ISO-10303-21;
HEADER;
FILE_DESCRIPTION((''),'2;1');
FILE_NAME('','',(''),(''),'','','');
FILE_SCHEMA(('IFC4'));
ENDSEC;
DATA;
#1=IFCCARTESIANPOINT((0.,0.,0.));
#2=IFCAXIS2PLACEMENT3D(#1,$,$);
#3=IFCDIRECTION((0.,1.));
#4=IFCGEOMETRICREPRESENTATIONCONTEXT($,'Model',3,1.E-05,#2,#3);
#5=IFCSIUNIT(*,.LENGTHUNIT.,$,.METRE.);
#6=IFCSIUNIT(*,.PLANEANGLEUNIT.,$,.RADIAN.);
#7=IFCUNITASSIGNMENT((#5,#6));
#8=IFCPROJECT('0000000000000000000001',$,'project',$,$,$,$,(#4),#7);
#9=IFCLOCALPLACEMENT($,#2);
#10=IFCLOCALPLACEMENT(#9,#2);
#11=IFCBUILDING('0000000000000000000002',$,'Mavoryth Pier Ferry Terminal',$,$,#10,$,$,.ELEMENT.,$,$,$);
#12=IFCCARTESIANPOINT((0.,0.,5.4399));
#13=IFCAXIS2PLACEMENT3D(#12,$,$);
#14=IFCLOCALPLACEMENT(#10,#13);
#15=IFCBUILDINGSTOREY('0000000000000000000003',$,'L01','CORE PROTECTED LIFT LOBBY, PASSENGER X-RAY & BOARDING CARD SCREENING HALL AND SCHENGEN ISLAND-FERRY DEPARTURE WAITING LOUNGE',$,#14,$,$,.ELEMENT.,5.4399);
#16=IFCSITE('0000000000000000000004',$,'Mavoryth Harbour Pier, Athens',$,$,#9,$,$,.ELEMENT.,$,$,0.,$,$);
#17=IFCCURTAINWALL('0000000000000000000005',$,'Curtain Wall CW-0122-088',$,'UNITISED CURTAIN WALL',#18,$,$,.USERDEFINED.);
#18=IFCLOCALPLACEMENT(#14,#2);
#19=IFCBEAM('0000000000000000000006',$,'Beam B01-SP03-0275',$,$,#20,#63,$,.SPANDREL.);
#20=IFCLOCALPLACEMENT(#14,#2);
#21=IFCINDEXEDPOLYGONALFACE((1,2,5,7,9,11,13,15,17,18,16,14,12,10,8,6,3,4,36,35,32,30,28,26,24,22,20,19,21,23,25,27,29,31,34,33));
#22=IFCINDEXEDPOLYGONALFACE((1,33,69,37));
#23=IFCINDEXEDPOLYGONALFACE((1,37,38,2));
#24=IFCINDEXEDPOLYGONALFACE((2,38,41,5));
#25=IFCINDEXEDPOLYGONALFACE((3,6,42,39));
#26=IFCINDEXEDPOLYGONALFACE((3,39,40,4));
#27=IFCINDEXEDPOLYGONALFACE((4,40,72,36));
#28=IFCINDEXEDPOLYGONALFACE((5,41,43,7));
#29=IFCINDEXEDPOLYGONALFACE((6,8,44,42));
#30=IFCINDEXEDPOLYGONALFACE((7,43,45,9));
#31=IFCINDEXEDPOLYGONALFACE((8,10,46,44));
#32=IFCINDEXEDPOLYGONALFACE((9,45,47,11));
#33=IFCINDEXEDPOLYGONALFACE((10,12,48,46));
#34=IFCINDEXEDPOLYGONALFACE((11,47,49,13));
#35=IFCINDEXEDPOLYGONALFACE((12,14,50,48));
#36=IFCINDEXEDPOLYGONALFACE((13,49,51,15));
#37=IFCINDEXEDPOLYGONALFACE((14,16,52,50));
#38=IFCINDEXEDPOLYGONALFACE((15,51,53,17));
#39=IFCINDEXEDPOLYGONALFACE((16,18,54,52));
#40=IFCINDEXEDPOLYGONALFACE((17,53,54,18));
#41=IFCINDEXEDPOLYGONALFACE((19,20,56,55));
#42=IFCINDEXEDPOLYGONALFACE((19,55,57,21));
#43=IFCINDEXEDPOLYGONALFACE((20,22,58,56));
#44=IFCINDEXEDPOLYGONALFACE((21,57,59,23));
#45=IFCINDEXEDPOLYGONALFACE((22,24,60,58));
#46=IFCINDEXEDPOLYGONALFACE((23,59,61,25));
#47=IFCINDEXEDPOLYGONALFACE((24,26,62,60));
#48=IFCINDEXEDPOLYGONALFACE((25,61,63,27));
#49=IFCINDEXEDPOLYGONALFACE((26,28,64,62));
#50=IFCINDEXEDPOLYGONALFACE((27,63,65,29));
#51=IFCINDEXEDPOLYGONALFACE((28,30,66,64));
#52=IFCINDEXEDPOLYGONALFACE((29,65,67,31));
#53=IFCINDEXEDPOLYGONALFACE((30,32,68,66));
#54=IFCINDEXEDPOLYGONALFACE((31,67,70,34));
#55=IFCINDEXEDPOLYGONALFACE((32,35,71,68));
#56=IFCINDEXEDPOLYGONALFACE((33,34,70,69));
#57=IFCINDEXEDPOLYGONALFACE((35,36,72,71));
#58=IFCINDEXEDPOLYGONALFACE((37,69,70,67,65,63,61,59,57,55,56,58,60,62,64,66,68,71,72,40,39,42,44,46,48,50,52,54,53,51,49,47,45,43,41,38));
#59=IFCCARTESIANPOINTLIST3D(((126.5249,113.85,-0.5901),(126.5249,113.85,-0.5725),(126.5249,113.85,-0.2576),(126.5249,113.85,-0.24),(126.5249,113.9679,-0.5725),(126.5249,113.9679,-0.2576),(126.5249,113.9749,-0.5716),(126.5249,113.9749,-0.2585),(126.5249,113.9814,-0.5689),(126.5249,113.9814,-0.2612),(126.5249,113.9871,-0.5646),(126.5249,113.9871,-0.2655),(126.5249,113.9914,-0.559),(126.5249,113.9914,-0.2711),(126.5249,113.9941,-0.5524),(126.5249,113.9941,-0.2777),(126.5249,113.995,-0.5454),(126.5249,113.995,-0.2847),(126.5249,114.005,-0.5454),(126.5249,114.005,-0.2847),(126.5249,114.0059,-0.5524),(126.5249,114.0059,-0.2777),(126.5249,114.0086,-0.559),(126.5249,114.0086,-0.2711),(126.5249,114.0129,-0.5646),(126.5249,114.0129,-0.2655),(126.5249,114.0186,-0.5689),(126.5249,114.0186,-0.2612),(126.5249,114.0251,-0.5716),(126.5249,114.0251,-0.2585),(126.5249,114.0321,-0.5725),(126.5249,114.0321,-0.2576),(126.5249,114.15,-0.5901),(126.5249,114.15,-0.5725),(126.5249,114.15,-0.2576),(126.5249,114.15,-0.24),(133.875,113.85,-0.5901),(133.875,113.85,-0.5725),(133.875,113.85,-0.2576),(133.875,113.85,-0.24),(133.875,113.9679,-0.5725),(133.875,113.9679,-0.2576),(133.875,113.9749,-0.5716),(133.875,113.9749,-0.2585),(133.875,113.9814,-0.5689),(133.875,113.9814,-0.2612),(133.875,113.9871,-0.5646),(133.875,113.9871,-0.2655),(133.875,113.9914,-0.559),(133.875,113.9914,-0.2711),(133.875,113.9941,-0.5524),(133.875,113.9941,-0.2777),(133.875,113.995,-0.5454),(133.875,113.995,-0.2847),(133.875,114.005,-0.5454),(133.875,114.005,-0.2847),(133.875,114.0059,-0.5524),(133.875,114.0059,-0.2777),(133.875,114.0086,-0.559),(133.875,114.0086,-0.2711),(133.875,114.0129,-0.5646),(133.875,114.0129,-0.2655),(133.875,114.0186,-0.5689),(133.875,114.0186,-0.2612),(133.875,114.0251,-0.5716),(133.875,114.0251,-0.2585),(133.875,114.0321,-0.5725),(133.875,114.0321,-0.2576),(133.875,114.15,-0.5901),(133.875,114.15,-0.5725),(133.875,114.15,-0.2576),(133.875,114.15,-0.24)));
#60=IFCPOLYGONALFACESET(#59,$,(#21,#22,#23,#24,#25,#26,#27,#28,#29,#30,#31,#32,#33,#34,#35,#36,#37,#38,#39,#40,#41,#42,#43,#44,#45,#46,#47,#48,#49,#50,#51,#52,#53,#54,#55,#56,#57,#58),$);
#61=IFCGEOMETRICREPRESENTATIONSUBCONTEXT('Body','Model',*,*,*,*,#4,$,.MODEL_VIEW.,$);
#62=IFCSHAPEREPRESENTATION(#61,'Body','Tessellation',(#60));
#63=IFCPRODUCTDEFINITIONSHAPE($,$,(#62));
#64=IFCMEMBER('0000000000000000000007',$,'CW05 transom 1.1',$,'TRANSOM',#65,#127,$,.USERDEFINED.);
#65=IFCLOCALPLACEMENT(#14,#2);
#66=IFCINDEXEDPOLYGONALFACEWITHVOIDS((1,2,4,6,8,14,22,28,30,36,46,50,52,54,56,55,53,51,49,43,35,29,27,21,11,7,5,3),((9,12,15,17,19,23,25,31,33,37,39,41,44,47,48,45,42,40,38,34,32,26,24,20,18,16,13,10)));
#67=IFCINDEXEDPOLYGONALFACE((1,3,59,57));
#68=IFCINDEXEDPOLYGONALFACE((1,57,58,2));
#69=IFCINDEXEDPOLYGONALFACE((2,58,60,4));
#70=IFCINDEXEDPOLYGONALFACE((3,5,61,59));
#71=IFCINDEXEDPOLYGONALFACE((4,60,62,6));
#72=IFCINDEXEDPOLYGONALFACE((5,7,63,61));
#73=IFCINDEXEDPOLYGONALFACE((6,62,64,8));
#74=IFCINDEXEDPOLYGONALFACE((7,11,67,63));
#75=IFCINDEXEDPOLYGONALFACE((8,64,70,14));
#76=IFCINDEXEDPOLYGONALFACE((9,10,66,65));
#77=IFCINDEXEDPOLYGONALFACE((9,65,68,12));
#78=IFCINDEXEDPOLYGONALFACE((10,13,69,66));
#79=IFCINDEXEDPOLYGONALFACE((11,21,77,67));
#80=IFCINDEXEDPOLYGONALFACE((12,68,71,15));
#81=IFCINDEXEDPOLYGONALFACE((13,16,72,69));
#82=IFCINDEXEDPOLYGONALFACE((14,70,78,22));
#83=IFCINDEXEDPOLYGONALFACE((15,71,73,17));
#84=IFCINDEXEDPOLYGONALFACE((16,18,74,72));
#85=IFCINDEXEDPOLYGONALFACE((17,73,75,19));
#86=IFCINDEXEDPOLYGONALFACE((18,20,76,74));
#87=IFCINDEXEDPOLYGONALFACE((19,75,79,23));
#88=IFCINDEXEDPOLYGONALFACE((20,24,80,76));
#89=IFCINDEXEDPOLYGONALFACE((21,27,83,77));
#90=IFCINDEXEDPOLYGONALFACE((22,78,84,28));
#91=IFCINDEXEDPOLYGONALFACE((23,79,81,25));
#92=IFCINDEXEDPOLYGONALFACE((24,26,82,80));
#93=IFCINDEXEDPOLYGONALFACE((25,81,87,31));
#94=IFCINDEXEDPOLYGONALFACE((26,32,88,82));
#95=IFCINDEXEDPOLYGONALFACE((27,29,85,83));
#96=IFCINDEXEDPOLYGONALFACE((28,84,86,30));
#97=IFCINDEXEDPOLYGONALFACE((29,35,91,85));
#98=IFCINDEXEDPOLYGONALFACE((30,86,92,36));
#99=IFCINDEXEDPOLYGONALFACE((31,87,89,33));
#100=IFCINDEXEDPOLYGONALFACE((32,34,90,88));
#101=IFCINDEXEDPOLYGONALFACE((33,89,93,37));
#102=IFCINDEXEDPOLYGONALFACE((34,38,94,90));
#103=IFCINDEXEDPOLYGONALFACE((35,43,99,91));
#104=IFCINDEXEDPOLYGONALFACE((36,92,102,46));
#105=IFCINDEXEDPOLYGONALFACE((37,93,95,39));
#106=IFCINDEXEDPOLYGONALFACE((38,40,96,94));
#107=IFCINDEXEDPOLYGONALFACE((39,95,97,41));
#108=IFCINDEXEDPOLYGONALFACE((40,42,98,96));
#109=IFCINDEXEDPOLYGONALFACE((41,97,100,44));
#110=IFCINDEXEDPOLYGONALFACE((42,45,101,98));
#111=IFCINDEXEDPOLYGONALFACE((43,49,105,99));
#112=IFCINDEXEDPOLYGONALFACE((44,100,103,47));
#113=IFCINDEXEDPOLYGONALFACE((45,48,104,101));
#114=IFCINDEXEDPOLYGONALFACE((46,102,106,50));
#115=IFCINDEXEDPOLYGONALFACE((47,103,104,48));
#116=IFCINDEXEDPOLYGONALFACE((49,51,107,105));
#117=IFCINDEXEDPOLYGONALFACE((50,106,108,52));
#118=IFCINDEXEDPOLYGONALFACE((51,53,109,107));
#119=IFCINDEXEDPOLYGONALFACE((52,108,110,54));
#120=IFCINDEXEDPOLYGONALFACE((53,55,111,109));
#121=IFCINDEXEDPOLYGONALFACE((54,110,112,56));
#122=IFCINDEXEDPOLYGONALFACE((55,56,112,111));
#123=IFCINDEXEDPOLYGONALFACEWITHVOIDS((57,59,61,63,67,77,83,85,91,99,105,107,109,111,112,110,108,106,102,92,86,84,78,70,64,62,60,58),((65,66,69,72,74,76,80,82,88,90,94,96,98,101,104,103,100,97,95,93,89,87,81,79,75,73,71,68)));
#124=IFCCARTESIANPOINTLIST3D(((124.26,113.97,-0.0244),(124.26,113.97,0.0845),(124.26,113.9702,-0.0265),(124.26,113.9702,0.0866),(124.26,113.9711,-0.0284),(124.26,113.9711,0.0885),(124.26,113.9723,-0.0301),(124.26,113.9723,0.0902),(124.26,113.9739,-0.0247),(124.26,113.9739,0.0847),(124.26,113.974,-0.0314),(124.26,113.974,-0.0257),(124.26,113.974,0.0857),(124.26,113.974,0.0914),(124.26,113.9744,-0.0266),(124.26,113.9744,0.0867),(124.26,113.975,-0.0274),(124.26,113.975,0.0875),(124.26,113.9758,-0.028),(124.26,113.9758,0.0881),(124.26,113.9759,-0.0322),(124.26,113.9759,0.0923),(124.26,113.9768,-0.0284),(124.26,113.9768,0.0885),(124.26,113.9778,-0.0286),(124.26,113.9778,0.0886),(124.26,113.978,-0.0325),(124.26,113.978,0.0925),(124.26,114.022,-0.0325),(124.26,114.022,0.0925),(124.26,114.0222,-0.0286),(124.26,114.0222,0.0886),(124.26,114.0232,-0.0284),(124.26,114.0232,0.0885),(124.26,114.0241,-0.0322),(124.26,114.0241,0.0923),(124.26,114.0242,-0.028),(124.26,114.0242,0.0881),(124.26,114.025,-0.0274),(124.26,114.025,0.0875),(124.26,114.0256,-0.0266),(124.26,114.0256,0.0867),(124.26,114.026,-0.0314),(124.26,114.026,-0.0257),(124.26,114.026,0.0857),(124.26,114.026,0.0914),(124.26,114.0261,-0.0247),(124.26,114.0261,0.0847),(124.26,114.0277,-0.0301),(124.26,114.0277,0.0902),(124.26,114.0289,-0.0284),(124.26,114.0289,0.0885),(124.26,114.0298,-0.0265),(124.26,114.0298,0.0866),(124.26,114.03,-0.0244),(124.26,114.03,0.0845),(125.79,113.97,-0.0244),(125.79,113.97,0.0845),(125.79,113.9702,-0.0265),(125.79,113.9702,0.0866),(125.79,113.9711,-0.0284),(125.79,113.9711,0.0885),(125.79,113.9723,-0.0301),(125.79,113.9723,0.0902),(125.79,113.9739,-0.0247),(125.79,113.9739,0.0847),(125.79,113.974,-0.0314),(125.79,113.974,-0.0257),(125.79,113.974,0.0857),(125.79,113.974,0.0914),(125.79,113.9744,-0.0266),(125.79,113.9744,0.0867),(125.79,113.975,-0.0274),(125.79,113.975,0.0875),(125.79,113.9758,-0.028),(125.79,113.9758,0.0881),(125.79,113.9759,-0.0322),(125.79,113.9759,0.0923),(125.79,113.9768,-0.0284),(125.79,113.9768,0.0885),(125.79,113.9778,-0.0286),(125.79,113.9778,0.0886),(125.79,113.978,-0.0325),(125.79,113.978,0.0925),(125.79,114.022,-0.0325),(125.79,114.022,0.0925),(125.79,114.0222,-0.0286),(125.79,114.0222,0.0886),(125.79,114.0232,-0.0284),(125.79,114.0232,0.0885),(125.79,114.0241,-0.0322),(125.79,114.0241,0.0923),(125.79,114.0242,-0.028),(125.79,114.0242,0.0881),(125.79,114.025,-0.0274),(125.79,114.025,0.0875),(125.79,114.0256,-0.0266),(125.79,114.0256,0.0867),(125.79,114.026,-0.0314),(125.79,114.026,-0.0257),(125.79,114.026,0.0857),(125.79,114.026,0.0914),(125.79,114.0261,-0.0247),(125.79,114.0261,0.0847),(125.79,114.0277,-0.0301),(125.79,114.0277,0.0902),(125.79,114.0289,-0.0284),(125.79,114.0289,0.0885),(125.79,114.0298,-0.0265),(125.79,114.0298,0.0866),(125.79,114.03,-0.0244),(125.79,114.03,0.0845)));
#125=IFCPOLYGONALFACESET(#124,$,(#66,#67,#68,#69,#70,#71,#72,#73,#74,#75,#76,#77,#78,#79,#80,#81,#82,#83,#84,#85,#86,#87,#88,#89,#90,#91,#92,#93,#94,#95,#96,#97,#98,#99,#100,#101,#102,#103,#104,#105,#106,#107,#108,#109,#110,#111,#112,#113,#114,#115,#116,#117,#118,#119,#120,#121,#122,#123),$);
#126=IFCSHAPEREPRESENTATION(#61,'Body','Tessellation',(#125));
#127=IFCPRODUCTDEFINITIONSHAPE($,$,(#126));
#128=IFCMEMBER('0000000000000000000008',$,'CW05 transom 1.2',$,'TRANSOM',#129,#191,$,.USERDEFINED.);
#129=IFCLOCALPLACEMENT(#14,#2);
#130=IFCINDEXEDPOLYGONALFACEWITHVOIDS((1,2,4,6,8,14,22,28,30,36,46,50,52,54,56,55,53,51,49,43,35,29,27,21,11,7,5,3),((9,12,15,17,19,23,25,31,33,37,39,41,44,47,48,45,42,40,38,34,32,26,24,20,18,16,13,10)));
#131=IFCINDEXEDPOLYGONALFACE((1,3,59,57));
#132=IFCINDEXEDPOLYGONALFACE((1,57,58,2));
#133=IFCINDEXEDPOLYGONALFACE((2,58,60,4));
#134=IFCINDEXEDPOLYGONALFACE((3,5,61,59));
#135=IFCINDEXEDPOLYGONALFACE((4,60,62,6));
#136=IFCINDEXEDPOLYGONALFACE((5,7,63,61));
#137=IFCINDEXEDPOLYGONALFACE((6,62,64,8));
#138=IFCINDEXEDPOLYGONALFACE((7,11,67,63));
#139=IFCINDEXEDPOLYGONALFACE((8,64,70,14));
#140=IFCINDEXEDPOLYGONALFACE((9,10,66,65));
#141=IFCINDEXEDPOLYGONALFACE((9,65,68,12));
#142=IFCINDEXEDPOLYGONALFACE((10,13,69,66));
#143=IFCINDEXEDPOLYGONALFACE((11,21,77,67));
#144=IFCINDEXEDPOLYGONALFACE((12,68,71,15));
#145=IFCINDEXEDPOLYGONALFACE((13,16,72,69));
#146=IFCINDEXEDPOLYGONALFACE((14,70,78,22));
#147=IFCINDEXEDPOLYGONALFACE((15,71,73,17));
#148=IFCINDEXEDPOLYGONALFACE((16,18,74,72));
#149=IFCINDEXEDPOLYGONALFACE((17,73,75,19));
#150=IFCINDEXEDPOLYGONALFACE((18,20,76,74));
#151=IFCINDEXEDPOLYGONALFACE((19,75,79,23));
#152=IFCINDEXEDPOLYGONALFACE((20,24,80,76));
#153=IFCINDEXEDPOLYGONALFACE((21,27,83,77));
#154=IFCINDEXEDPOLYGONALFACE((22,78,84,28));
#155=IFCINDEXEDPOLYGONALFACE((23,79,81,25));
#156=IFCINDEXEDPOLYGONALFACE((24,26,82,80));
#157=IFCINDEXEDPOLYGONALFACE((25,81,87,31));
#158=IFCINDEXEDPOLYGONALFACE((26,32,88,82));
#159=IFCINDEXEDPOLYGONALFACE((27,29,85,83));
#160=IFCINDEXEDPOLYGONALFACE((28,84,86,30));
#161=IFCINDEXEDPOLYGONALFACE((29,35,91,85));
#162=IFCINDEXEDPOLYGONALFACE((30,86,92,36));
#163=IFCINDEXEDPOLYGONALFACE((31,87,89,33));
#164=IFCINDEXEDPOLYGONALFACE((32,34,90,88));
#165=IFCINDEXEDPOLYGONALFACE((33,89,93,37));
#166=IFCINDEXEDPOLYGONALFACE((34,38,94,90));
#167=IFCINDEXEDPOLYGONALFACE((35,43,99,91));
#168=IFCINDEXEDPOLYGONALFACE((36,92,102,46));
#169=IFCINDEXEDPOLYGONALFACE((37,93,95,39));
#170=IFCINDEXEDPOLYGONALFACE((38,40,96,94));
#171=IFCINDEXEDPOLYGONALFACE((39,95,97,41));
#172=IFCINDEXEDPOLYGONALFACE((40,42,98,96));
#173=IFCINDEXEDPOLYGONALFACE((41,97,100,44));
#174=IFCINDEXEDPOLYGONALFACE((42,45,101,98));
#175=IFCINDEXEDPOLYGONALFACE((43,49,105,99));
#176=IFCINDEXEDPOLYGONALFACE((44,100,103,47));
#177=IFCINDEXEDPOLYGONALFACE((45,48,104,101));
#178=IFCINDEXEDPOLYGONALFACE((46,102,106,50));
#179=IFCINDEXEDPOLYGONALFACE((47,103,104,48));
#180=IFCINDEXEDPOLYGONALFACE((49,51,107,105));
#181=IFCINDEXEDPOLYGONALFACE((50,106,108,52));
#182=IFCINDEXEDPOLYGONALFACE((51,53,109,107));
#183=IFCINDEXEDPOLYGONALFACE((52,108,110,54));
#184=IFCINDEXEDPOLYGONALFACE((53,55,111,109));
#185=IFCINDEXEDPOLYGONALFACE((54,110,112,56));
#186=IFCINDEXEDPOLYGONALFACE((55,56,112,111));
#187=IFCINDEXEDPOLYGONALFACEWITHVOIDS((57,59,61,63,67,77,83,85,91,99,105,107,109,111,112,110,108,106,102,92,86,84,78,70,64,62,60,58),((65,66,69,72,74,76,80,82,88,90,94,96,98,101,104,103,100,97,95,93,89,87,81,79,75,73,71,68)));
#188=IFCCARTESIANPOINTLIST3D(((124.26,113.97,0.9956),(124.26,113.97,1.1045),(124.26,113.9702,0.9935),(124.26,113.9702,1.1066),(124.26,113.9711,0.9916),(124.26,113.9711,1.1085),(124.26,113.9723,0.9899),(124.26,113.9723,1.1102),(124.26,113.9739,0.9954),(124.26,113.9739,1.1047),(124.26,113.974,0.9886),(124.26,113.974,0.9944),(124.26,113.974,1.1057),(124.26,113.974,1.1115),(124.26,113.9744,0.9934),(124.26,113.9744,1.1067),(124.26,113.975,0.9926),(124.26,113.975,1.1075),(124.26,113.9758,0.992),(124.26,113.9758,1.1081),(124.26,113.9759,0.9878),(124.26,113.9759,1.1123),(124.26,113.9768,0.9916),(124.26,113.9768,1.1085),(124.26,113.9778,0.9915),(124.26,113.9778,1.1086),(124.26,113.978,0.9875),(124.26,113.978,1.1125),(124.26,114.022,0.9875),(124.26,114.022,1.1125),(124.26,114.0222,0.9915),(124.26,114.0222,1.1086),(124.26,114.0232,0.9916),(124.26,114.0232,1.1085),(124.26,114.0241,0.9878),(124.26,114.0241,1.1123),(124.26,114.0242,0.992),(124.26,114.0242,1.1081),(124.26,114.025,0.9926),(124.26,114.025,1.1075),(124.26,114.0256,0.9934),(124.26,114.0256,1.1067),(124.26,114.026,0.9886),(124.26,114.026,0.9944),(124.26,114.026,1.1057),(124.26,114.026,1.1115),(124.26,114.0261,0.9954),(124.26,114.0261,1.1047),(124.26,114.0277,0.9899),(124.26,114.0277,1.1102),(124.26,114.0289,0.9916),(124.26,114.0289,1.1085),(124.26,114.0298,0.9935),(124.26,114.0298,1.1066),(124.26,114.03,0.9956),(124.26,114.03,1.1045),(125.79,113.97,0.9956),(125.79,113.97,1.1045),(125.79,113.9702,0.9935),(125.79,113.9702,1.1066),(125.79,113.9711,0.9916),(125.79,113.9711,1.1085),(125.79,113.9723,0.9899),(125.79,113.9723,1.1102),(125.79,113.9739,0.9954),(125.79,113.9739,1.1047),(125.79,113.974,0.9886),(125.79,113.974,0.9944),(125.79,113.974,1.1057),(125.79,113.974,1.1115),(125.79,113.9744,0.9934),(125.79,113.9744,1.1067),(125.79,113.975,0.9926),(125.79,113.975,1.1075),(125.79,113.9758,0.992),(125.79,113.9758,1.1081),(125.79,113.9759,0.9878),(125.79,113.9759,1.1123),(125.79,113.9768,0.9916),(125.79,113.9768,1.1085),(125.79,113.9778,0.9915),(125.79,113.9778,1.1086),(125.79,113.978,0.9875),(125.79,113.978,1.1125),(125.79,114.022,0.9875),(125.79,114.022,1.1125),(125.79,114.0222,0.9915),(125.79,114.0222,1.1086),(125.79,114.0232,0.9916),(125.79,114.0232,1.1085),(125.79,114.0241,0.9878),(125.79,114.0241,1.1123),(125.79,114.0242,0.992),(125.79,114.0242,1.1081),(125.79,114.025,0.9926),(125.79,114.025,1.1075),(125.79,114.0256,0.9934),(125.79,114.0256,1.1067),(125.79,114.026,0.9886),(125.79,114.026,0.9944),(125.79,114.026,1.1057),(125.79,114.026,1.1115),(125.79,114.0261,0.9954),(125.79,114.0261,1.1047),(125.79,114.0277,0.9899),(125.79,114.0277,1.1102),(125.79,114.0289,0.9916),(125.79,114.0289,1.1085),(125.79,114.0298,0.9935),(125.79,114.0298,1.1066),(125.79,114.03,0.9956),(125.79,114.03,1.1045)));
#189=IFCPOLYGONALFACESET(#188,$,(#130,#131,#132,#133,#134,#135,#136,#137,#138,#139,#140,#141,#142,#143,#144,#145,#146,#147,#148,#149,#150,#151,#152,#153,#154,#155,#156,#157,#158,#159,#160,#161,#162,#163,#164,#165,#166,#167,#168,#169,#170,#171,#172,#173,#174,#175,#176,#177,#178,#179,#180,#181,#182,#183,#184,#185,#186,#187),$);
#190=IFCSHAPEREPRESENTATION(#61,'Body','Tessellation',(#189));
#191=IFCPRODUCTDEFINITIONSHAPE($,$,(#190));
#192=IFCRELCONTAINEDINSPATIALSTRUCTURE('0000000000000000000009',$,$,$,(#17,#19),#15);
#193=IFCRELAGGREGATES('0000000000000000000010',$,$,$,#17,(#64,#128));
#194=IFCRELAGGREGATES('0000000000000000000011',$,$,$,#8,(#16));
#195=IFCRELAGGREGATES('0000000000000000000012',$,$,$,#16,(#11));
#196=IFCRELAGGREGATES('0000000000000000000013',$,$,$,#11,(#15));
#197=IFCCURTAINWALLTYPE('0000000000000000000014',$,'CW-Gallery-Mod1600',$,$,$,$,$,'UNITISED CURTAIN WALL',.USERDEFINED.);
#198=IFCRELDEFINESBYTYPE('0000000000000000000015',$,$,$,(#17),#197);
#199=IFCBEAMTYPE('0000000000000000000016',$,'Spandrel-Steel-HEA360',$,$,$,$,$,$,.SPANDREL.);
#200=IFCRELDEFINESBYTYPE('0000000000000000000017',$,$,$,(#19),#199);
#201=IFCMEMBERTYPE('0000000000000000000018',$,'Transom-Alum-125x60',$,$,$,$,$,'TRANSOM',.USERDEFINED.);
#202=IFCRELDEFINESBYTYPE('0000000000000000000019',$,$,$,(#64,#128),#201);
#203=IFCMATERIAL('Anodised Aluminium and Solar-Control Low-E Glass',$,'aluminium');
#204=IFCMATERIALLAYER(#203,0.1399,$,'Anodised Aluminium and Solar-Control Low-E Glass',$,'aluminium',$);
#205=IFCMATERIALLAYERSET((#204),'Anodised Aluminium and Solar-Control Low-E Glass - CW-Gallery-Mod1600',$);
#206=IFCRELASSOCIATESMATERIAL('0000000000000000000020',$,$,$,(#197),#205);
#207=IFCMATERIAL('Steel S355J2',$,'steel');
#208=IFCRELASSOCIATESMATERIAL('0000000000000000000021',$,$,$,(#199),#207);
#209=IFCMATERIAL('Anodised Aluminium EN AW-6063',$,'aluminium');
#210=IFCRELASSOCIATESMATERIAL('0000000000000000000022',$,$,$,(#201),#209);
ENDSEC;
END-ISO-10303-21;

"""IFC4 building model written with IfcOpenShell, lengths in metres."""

from ifc_helpers import new_model, si_unit, direction, frame, origin, origin_2d, place, context, subcontext, project, spatial, hollow_rectangle, i_section, extrude, material, layer, layer_set, material_profile, profile_set, type_object, element, aggregate, save


model = new_model("IFC4")

# Units and contexts
model_context = context("Model", 3, precision=1e-05, world=origin(), true_north=direction((0.0, 1.0)))
body_context = subcontext(model_context, "Body", "Model", "MODEL_VIEW")
ifc_project = project(units=[si_unit("LENGTHUNIT", "METRE"), si_unit("PLANEANGLEUNIT", "RADIAN")], contexts=[model_context])

# Site, building, storey
site_placement = place(None, origin())
site = spatial("IfcSite", under=ifc_project, at=site_placement, Name="Mavoryth Harbour Pier, Athens", CompositionType="ELEMENT", RefElevation=0.0)
building_placement = place(site_placement, origin())
building = spatial("IfcBuilding", under=site, at=building_placement, Name="Mavoryth Pier Ferry Terminal", CompositionType="ELEMENT")
storey_placement = place(building_placement, frame((0.0, 0.0, 5.4399)))
storey = spatial("IfcBuildingStorey", under=building, at=storey_placement, Name="L01", Description="CORE PROTECTED LIFT LOBBY, PASSENGER X-RAY & BOARDING CARD SCREENING HALL AND SCHENGEN ISLAND-FERRY DEPARTURE WAITING LOUNGE", CompositionType="ELEMENT", Elevation=5.4399)

# Shared definitions
ifc_material_1 = material(Name="Steel S355J2", Category="steel")

# Curtain wall
ifc_material_2 = material(Name="Anodised Aluminium and Solar-Control Low-E Glass", Category="aluminium")
ifc_layer_1 = layer(ifc_material_2, 0.1399, Name="Anodised Aluminium and Solar-Control Low-E Glass", Category="aluminium")
ifc_layer_set_1 = layer_set([ifc_layer_1], Name="Anodised Aluminium and Solar-Control Low-E Glass - CW-Gallery-Mod1600")
curtain_wall_type = type_object("IfcCurtainWallType", Name="CW-Gallery-Mod1600", ElementType="UNITISED CURTAIN WALL", PredefinedType="USERDEFINED", material=ifc_layer_set_1)
curtain_wall_1_placement = place(storey_placement, origin())
curtain_wall_1 = element("IfcCurtainWall", 1, at=curtain_wall_1_placement, inside=storey, type_object=curtain_wall_type, Name="Curtain Wall CW-0122-088", ObjectType="UNITISED CURTAIN WALL", PredefinedType="USERDEFINED")
ifc_material_3 = material(Name="Anodised Aluminium EN AW-6063", Category="aluminium")

# Beam
ifc_material_profile_1 = material_profile(ifc_material_1, i_section(OverallWidth=0.3, OverallDepth=0.3501, WebThickness=0.01, FlangeThickness=0.0176, FilletRadius=0.0271, at=origin_2d()), Name="HEA 360", Category="steel")
ifc_profile_set_1 = profile_set([ifc_material_profile_1], Name="Steel S355J2 - HEA 360")
beam_type = type_object("IfcBeamType", Name="Spandrel-Steel-HEA360", PredefinedType="SPANDREL", material=ifc_profile_set_1)
beam_placement = place(storey_placement, frame((126.5249, 114.0, -0.415), z_axis=(1.0, 0.0, 0.0), x_axis=(0.0, 1.0, 0.0)))
element("IfcBeam", 2, at=beam_placement, inside=storey, type_object=beam_type, Name="Beam B01-SP03-0275", PredefinedType="SPANDREL", context=body_context, shape_type="SweptSolid", body=[
    extrude(i_section(OverallWidth=0.3, OverallDepth=0.3501, WebThickness=0.01, FlangeThickness=0.0176, FilletRadius=0.0271, at=origin_2d()), origin(), (0.0, 0.0, 1.0), 7.3501),
])

# Members
ifc_material_profile_2 = material_profile(ifc_material_3, hollow_rectangle(XDim=0.0601, YDim=0.125, WallThickness=0.0039, InnerFilletRadius=0.0039, OuterFilletRadius=0.0081, at=origin_2d()), Name="AL-TRAN 125x60x4", Category="aluminium")
ifc_profile_set_2 = profile_set([ifc_material_profile_2], Name="Anodised Aluminium EN AW-6063 - AL-TRAN 125x60x4")
member_type_1 = type_object("IfcMemberType", Name="Transom-Alum-125x60", ElementType="TRANSOM", PredefinedType="USERDEFINED", material=ifc_profile_set_2)
member_1_placement = place(storey_placement, frame((125.79, 114.0, 0.03), z_axis=(-1.0, 0.0, 0.0), x_axis=(0.0, -1.0, 0.0)))
member_1 = element("IfcMember", 3, at=member_1_placement, type_object=member_type_1, Name="CW05 transom 1.1", ObjectType="TRANSOM", PredefinedType="USERDEFINED", context=body_context, shape_type="SweptSolid", body=[
    extrude(hollow_rectangle(XDim=0.0601, YDim=0.125, WallThickness=0.0039, InnerFilletRadius=0.0039, OuterFilletRadius=0.0081, at=origin_2d()), origin(), (0.0, 0.0, 1.0), 1.53),
])
member_2_placement = place(storey_placement, frame((125.79, 114.0, 1.05), z_axis=(-1.0, 0.0, 0.0), x_axis=(0.0, -1.0, 0.0)))
member_2 = element("IfcMember", 4, at=member_2_placement, type_object=member_type_1, Name="CW05 transom 1.2", ObjectType="TRANSOM", PredefinedType="USERDEFINED", context=body_context, shape_type="SweptSolid", body=[
    extrude(hollow_rectangle(XDim=0.0601, YDim=0.125, WallThickness=0.0039, InnerFilletRadius=0.0039, OuterFilletRadius=0.0081, at=origin_2d()), origin(), (0.0, 0.0, 1.0), 1.53),
])

aggregate(curtain_wall_1, [member_1, member_2])

save(model, "model.ifc")
